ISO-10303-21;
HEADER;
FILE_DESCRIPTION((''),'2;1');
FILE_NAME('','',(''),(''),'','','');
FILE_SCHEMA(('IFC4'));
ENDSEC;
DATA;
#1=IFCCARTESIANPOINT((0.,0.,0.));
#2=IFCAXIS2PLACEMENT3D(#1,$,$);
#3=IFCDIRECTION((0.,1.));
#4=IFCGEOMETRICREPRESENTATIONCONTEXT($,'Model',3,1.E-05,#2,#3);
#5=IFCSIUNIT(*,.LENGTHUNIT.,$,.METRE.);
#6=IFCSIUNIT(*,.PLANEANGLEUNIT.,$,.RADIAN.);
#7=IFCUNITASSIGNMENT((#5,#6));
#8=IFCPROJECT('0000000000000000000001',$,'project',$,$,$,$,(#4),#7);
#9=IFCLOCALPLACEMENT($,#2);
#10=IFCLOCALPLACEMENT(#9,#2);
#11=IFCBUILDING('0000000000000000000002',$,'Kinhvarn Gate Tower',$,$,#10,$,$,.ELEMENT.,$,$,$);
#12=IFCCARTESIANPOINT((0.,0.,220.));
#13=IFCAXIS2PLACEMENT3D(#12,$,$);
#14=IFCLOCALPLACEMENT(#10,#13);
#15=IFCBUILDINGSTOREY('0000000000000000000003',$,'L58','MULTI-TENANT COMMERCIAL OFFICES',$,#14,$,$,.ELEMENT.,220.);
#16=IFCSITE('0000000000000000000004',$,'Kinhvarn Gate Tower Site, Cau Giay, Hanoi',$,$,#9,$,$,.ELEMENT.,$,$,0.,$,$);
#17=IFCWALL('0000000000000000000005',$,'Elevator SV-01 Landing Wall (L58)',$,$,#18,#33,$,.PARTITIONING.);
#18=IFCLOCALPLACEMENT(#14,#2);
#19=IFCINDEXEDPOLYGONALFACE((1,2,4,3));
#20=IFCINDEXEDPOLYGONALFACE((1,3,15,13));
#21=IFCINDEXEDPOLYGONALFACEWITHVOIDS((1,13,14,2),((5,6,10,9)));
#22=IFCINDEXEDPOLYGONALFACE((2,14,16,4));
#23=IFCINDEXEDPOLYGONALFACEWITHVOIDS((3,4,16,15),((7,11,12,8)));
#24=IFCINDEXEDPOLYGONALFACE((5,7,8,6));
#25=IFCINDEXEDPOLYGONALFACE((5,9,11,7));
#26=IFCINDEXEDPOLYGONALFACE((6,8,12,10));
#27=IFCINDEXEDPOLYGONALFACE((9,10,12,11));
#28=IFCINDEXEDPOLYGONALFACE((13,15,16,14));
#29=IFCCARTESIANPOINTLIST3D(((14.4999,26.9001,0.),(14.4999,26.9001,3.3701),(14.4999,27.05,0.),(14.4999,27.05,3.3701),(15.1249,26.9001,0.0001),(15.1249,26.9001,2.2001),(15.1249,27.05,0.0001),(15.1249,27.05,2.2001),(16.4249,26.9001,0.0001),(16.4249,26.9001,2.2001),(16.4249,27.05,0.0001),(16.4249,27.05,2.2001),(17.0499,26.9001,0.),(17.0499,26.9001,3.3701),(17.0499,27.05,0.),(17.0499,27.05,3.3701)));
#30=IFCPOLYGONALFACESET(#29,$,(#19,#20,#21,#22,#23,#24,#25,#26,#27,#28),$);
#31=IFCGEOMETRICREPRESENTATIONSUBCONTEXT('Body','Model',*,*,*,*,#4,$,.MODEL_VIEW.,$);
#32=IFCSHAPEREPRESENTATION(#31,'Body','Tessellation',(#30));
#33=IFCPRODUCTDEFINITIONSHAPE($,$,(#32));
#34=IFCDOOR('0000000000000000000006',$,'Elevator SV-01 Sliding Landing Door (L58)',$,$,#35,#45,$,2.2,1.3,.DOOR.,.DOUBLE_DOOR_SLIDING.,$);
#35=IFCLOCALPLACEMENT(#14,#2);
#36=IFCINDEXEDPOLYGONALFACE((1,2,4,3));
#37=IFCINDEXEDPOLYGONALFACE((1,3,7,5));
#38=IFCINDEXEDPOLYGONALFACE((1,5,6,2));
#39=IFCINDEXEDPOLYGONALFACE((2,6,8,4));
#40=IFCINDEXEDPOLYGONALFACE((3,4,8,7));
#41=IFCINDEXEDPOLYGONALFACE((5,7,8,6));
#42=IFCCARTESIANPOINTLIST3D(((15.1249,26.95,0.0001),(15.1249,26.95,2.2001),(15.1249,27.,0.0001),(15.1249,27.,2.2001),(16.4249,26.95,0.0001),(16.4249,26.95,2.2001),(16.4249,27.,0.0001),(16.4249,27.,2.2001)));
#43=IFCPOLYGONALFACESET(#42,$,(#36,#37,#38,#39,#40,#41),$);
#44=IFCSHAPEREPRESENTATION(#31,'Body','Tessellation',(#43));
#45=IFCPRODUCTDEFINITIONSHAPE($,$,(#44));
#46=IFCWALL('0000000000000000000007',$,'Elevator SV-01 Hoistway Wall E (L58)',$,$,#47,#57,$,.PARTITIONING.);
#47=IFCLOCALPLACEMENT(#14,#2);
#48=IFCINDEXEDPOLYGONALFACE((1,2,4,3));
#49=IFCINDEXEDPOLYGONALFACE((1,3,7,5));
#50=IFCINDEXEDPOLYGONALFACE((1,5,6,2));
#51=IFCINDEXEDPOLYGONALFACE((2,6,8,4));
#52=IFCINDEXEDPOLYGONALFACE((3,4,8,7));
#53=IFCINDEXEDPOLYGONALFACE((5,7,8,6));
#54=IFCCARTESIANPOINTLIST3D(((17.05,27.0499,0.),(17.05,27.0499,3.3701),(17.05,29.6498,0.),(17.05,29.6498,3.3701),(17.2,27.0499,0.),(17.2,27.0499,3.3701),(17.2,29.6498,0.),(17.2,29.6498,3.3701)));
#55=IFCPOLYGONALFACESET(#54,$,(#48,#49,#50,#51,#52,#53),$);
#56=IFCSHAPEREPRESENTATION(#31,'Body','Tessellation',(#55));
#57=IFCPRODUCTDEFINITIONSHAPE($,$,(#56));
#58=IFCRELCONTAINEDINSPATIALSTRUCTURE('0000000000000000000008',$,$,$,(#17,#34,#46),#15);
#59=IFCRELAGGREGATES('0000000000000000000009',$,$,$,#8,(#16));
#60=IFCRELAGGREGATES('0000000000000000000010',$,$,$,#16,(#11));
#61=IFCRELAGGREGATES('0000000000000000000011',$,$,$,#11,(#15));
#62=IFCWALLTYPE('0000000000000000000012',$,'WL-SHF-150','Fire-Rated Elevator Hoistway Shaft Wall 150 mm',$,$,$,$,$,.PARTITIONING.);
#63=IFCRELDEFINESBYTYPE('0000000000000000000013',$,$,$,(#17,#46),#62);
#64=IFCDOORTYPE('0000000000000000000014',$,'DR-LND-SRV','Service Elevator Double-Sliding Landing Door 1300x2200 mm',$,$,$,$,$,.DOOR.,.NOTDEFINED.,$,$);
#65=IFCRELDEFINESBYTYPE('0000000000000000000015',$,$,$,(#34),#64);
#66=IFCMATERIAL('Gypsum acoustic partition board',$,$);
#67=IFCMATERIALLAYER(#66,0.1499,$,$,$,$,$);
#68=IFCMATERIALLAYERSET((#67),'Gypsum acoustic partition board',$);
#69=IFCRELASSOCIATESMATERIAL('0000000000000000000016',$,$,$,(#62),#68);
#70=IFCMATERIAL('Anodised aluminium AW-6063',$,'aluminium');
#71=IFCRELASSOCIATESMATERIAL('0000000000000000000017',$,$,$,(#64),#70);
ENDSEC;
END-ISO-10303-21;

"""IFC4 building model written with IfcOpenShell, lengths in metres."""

from ifc_helpers import new_model, si_unit, direction, frame, frame_2d, origin, place, context, subcontext, project, spatial, rectangle, extrude, material, layer, layer_set, type_object, element, fill, save


model = new_model("IFC4")

# Units and contexts
model_context = context("Model", 3, precision=1e-05, world=origin(), true_north=direction((0.0, 1.0)))
body_context = subcontext(model_context, "Body", "Model", "MODEL_VIEW")
ifc_project = project(units=[si_unit("LENGTHUNIT", "METRE"), si_unit("PLANEANGLEUNIT", "RADIAN")], contexts=[model_context])

# Site, building, storey
site_placement = place(None, origin())
site = spatial("IfcSite", under=ifc_project, at=site_placement, Name="Kinhvarn Gate Tower Site, Cau Giay, Hanoi", CompositionType="ELEMENT", RefElevation=0.0)
building_placement = place(site_placement, origin())
building = spatial("IfcBuilding", under=site, at=building_placement, Name="Kinhvarn Gate Tower", CompositionType="ELEMENT")
storey_placement = place(building_placement, frame((0.0, 0.0, 220.0)))
storey = spatial("IfcBuildingStorey", under=building, at=storey_placement, Name="L58", Description="MULTI-TENANT COMMERCIAL OFFICES", CompositionType="ELEMENT", Elevation=220.0)

# Shared definitions
ifc_material_1 = material(Name="Anodised aluminium AW-6063", Category="aluminium")
ifc_material_2 = material(Name="Gypsum acoustic partition board")

# Shared definitions
ifc_layer_1 = layer(ifc_material_2, 0.1499)
ifc_layer_set_1 = layer_set([ifc_layer_1], Name="Gypsum acoustic partition board")
wall_type_1 = type_object("IfcWallType", Name="WL-SHF-150", Description="Fire-Rated Elevator Hoistway Shaft Wall 150 mm", PredefinedType="PARTITIONING", material=ifc_layer_set_1)

# Wall, opening, door
wall_1_placement = place(storey_placement, frame((14.5, 26.9751, 0.0), z_axis=(0.0, 0.0, 1.0), x_axis=(1.0, 0.0, 0.0)))
wall_1 = element("IfcWall", 1, at=wall_1_placement, inside=storey, type_object=wall_type_1, Name="Elevator SV-01 Landing Wall (L58)", PredefinedType="PARTITIONING", context=body_context, shape_type="SweptSolid", body=[
    extrude(rectangle(XDim=2.55, YDim=0.1499, at=frame_2d((1.2749, 0.0))), origin(), (0.0, 0.0, 1.0), 3.3701),
])
opening_1_placement = place(wall_1_placement, frame((0.625, 0.0, 0.0)))
opening_1 = element("IfcOpeningElement", 2, at=opening_1_placement, cuts=wall_1, PredefinedType="OPENING", context=body_context, shape_type="SweptSolid", body=[
    extrude(rectangle(XDim=1.3, YDim=2.2, at=frame_2d((0.6499, 1.1001))), frame((0.0, 0.085, 0.0), z_axis=(0.0, -1.0, 0.0), x_axis=(1.0, 0.0, 0.0)), (0.0, 0.0, 1.0), 0.1699),
])
door_type_1 = type_object("IfcDoorType", Name="DR-LND-SRV", Description="Service Elevator Double-Sliding Landing Door 1300x2200 mm", OperationType="NOTDEFINED", PredefinedType="DOOR", material=ifc_material_1)
door_1_placement = place(opening_1_placement, origin())
door_1 = element("IfcDoor", 3, at=door_1_placement, inside=storey, type_object=door_type_1, Name="Elevator SV-01 Sliding Landing Door (L58)", OperationType="DOUBLE_DOOR_SLIDING", OverallHeight=2.2, OverallWidth=1.3, PredefinedType="DOOR", context=body_context, shape_type="SweptSolid", body=[
    extrude(rectangle(XDim=1.3, YDim=2.2, at=frame_2d((0.6499, 1.1001))), frame((0.0, 0.0249, 0.0), z_axis=(0.0, -1.0, 0.0), x_axis=(1.0, 0.0, 0.0)), (0.0, 0.0, 1.0), 0.05),
])
fill(opening_1, door_1)

# Wall
wall_2_placement = place(storey_placement, frame((17.125, 27.05, 0.0), z_axis=(0.0, 0.0, 1.0), x_axis=(0.0, 1.0, 0.0)))
element("IfcWall", 4, at=wall_2_placement, inside=storey, type_object=wall_type_1, Name="Elevator SV-01 Hoistway Wall E (L58)", PredefinedType="PARTITIONING", context=body_context, shape_type="SweptSolid", body=[
    extrude(rectangle(XDim=2.5999, YDim=0.1499, at=frame_2d((1.2998, 0.0))), origin(), (0.0, 0.0, 1.0), 3.3701),
])

save(model, "model.ifc")
